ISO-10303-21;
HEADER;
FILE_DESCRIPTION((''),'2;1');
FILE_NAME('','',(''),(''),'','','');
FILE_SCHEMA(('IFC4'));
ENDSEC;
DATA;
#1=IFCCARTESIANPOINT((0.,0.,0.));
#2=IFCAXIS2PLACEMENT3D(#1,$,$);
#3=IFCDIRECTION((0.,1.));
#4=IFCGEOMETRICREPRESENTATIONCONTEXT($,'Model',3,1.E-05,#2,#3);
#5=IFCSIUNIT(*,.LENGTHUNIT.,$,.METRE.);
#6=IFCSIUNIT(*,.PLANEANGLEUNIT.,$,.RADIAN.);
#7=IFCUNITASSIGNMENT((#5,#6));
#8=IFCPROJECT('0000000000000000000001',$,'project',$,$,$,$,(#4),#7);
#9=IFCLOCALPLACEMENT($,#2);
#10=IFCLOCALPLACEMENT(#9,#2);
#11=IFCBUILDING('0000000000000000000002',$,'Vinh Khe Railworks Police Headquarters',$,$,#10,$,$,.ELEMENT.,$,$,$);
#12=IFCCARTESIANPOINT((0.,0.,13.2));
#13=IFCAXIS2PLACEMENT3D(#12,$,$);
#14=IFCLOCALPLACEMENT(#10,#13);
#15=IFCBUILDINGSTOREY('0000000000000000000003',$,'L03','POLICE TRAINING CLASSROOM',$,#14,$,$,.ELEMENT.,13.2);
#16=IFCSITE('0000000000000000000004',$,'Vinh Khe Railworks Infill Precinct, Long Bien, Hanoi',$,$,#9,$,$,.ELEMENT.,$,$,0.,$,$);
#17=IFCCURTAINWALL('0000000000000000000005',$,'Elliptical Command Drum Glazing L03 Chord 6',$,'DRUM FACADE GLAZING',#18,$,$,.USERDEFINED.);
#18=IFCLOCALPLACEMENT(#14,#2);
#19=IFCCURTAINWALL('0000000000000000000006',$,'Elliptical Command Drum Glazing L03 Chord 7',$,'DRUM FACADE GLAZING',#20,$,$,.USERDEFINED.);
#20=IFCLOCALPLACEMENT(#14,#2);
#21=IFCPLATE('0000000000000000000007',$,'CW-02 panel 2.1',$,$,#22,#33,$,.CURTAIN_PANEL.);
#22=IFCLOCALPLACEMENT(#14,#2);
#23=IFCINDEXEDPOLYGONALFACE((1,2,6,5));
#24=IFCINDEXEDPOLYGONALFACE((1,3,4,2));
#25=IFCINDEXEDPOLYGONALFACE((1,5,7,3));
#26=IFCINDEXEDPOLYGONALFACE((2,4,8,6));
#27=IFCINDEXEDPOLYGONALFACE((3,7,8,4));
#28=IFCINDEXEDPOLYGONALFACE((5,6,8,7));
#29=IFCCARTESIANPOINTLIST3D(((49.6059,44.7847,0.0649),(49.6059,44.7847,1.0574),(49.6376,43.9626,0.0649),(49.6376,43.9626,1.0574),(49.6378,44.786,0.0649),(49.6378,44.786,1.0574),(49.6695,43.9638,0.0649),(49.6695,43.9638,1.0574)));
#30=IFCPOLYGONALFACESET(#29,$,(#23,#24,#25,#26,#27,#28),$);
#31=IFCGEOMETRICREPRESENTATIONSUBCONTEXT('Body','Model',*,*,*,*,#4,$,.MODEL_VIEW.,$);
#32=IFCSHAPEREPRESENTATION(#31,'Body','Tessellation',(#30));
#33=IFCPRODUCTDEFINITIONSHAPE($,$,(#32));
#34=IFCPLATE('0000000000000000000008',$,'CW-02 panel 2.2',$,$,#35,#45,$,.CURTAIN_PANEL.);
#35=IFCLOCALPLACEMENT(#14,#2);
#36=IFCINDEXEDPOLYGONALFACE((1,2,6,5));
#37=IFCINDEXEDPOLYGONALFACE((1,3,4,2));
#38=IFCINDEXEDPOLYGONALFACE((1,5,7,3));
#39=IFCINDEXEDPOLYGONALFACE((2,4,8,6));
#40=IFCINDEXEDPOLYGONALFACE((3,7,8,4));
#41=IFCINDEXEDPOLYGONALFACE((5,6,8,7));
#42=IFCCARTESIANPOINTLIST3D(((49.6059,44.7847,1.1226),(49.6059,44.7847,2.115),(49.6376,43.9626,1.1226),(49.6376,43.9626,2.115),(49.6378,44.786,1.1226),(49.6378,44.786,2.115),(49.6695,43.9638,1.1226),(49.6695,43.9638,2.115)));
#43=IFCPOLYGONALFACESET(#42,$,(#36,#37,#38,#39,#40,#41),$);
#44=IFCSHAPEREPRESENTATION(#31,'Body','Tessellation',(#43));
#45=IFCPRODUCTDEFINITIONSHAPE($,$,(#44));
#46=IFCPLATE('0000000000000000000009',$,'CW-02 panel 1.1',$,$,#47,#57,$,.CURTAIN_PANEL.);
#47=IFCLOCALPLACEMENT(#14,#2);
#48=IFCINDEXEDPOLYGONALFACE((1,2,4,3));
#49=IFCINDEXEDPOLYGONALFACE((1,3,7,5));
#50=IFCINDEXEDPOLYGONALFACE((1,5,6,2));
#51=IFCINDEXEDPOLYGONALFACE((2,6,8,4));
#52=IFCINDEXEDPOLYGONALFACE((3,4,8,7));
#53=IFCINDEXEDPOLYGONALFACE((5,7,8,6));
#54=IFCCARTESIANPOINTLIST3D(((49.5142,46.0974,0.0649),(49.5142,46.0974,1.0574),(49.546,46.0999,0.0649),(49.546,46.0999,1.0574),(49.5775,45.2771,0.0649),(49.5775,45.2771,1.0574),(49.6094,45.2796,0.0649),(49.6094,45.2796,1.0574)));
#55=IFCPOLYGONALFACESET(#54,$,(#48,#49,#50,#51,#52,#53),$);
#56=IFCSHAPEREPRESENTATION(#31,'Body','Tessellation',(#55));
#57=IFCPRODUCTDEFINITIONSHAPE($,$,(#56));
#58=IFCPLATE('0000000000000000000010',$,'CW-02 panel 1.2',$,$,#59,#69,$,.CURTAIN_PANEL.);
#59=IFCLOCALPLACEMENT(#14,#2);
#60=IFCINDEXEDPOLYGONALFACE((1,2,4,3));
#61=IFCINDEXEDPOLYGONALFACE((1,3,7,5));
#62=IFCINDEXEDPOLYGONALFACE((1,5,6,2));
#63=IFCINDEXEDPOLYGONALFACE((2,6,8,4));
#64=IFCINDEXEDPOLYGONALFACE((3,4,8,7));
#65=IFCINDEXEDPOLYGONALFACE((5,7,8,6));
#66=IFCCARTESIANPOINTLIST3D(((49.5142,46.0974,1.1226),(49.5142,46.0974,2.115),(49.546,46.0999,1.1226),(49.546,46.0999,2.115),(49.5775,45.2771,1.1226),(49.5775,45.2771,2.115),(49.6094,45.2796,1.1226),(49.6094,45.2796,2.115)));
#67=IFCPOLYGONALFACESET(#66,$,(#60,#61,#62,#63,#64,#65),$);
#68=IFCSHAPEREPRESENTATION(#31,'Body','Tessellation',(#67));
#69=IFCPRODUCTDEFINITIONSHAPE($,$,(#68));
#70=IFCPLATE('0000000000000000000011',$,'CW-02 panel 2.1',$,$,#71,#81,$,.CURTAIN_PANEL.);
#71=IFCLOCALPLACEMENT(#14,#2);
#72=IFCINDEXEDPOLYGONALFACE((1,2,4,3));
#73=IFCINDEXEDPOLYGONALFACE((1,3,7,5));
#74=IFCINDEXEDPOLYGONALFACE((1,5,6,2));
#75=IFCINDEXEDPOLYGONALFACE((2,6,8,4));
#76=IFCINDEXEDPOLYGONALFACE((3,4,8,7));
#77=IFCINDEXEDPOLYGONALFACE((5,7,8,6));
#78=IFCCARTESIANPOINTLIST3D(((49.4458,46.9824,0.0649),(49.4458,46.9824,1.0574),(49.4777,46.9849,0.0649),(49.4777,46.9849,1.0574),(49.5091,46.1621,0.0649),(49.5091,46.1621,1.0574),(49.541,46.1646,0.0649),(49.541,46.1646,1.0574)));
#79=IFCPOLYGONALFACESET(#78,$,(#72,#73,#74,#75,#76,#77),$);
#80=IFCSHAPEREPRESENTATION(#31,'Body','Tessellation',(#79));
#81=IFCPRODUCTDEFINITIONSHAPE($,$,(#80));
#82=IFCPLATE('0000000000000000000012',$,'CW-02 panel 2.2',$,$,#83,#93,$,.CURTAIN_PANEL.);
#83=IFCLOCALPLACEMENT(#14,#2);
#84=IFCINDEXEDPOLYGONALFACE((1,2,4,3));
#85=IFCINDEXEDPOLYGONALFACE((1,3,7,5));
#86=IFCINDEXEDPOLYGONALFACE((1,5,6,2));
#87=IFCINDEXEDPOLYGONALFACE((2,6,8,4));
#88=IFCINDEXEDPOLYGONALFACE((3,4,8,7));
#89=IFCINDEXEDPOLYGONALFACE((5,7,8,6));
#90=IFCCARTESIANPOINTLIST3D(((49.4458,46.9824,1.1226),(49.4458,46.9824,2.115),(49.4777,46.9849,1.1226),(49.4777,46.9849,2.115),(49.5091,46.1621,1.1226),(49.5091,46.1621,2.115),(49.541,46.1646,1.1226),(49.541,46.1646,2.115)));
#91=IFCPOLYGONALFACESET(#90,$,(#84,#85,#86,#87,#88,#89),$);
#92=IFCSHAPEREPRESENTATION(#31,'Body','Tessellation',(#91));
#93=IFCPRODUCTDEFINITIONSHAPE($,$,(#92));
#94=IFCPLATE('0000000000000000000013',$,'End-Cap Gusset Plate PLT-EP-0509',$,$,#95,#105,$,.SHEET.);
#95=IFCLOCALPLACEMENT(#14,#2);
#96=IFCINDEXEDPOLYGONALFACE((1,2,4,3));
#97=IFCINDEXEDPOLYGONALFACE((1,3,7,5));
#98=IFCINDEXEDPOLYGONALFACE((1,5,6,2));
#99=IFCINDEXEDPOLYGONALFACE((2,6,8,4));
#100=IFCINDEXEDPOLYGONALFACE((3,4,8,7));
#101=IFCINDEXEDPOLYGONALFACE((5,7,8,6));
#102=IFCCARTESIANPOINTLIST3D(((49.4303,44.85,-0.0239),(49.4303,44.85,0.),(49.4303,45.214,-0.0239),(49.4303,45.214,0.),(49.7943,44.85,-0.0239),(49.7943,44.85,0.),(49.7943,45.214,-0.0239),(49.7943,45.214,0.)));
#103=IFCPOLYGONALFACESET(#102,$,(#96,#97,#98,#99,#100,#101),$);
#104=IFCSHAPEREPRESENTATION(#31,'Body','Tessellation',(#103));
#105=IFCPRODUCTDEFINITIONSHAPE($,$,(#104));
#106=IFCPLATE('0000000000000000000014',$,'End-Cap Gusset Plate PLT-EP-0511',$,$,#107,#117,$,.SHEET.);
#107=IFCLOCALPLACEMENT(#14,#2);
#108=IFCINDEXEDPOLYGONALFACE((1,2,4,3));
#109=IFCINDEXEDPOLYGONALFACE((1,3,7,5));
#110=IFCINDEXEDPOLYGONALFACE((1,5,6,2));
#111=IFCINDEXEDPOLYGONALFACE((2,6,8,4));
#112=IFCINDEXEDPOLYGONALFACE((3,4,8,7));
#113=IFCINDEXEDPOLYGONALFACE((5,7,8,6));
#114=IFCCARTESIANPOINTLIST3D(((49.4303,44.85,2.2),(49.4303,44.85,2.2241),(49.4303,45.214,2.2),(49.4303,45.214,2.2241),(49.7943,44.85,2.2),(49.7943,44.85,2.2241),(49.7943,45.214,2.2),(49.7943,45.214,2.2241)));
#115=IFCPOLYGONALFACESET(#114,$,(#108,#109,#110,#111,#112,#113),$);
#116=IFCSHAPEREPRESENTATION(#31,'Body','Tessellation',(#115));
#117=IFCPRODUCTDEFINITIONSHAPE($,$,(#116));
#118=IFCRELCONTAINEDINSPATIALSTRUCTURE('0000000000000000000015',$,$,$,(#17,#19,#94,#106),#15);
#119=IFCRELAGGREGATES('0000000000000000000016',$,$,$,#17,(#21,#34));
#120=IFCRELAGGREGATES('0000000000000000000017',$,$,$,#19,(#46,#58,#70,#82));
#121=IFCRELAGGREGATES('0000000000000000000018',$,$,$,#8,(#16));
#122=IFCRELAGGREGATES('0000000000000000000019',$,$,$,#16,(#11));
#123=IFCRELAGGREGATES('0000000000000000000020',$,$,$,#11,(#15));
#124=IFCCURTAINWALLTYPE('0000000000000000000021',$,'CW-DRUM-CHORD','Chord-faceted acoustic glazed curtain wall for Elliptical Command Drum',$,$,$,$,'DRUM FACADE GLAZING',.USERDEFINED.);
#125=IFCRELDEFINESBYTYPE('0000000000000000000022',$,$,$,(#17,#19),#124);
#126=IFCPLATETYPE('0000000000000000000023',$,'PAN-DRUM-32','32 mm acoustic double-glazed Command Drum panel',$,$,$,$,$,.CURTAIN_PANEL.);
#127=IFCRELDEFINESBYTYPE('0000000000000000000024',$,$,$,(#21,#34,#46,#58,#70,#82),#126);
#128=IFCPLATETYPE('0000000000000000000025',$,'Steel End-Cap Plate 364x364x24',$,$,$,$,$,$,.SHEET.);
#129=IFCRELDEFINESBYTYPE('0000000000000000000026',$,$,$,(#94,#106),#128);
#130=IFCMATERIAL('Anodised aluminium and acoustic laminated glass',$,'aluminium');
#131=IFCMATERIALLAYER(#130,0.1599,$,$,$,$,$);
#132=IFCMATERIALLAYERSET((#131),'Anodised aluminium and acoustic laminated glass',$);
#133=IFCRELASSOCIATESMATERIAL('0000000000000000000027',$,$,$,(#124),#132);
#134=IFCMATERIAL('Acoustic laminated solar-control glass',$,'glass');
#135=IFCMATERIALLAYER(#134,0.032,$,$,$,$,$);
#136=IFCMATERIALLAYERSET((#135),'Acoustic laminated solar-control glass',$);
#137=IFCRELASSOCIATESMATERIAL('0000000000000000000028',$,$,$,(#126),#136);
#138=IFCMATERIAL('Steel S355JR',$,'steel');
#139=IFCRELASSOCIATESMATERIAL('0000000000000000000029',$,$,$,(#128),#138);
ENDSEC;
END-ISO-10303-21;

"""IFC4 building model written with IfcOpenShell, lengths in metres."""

from ifc_helpers import new_model, si_unit, direction, frame, origin, origin_2d, place, context, subcontext, project, spatial, rectangle, extrude, material, layer, layer_set, material_profile, profile_set, type_object, element, aggregate, save


model = new_model("IFC4")

# Units and contexts
model_context = context("Model", 3, precision=1e-05, world=origin(), true_north=direction((0.0, 1.0)))
body_context = subcontext(model_context, "Body", "Model", "MODEL_VIEW")
ifc_project = project(units=[si_unit("LENGTHUNIT", "METRE"), si_unit("PLANEANGLEUNIT", "RADIAN")], contexts=[model_context])

# Site, building, storey
site_placement = place(None, origin())
site = spatial("IfcSite", under=ifc_project, at=site_placement, Name="Vinh Khe Railworks Infill Precinct, Long Bien, Hanoi", CompositionType="ELEMENT", RefElevation=0.0)
building_placement = place(site_placement, origin())
building = spatial("IfcBuilding", under=site, at=building_placement, Name="Vinh Khe Railworks Police Headquarters", CompositionType="ELEMENT")
storey_placement = place(building_placement, frame((0.0, 0.0, 13.2)))
storey = spatial("IfcBuildingStorey", under=building, at=storey_placement, Name="L03", Description="POLICE TRAINING CLASSROOM", CompositionType="ELEMENT", Elevation=13.2)

# Shared definitions
ifc_material_1 = material(Name="Steel S355JR", Category="steel")

# Curtain walls
ifc_material_2 = material(Name="Anodised aluminium and acoustic laminated glass", Category="aluminium")
ifc_layer_1 = layer(ifc_material_2, 0.1599)
ifc_layer_set_1 = layer_set([ifc_layer_1], Name="Anodised aluminium and acoustic laminated glass")
curtain_wall_type = type_object("IfcCurtainWallType", Name="CW-DRUM-CHORD", Description="Chord-faceted acoustic glazed curtain wall for Elliptical Command Drum", ElementType="DRUM FACADE GLAZING", PredefinedType="USERDEFINED", material=ifc_layer_set_1)
curtain_wall_1_placement = place(storey_placement, origin())
curtain_wall_1 = element("IfcCurtainWall", 1, at=curtain_wall_1_placement, inside=storey, type_object=curtain_wall_type, Name="Elliptical Command Drum Glazing L03 Chord 6", ObjectType="DRUM FACADE GLAZING", PredefinedType="USERDEFINED")
curtain_wall_2_placement = place(storey_placement, origin())
curtain_wall_2 = element("IfcCurtainWall", 2, at=curtain_wall_2_placement, inside=storey, type_object=curtain_wall_type, Name="Elliptical Command Drum Glazing L03 Chord 7", ObjectType="DRUM FACADE GLAZING", PredefinedType="USERDEFINED")

# Plates
ifc_material_3 = material(Name="Acoustic laminated solar-control glass", Category="glass")
ifc_layer_2 = layer(ifc_material_3, 0.032)
ifc_layer_set_2 = layer_set([ifc_layer_2], Name="Acoustic laminated solar-control glass")
plate_type_1 = type_object("IfcPlateType", Name="PAN-DRUM-32", Description="32 mm acoustic double-glazed Command Drum panel", PredefinedType="CURTAIN_PANEL", material=ifc_layer_set_2)
plate_1_placement = place(storey_placement, frame((49.6377, 44.3743, 0.0649), z_axis=(0.0, 0.0, 1.0), x_axis=(-0.038513, 0.999258, 0.0)))
plate_1 = element("IfcPlate", 3, at=plate_1_placement, type_object=plate_type_1, Name="CW-02 panel 2.1", PredefinedType="CURTAIN_PANEL", context=body_context, shape_type="SweptSolid", body=[
    extrude(rectangle(XDim=0.8228, YDim=0.032, at=origin_2d()), origin(), (0.0, 0.0, 1.0), 0.9924),
])
plate_2_placement = place(storey_placement, frame((49.6377, 44.3743, 1.1226), z_axis=(0.0, 0.0, 1.0), x_axis=(-0.038513, 0.999258, 0.0)))
plate_2 = element("IfcPlate", 4, at=plate_2_placement, type_object=plate_type_1, Name="CW-02 panel 2.2", PredefinedType="CURTAIN_PANEL", context=body_context, shape_type="SweptSolid", body=[
    extrude(rectangle(XDim=0.8228, YDim=0.032, at=origin_2d()), origin(), (0.0, 0.0, 1.0), 0.9924),
])
aggregate(curtain_wall_1, [plate_1, plate_2])
plate_3_placement = place(storey_placement, frame((49.5618, 45.6885, 0.0649), z_axis=(0.0, 0.0, 1.0), x_axis=(-0.076969, 0.997033, 0.0)))
plate_3 = element("IfcPlate", 5, at=plate_3_placement, type_object=plate_type_1, Name="CW-02 panel 1.1", PredefinedType="CURTAIN_PANEL", context=body_context, shape_type="SweptSolid", body=[
    extrude(rectangle(XDim=0.8228, YDim=0.032, at=origin_2d()), origin(), (0.0, 0.0, 1.0), 0.9924),
])
plate_4_placement = place(storey_placement, frame((49.5618, 45.6885, 1.1226), z_axis=(0.0, 0.0, 1.0), x_axis=(-0.076969, 0.997033, 0.0)))
plate_4 = element("IfcPlate", 6, at=plate_4_placement, type_object=plate_type_1, Name="CW-02 panel 1.2", PredefinedType="CURTAIN_PANEL", context=body_context, shape_type="SweptSolid", body=[
    extrude(rectangle(XDim=0.8228, YDim=0.032, at=origin_2d()), origin(), (0.0, 0.0, 1.0), 0.9924),
])
plate_5_placement = place(storey_placement, frame((49.4934, 46.5735, 0.0649), z_axis=(0.0, 0.0, 1.0), x_axis=(-0.076969, 0.997033, 0.0)))
plate_5 = element("IfcPlate", 7, at=plate_5_placement, type_object=plate_type_1, Name="CW-02 panel 2.1", PredefinedType="CURTAIN_PANEL", context=body_context, shape_type="SweptSolid", body=[
    extrude(rectangle(XDim=0.8228, YDim=0.032, at=origin_2d()), origin(), (0.0, 0.0, 1.0), 0.9924),
])
plate_6_placement = place(storey_placement, frame((49.4934, 46.5735, 1.1226), z_axis=(0.0, 0.0, 1.0), x_axis=(-0.076969, 0.997033, 0.0)))
plate_6 = element("IfcPlate", 8, at=plate_6_placement, type_object=plate_type_1, Name="CW-02 panel 2.2", PredefinedType="CURTAIN_PANEL", context=body_context, shape_type="SweptSolid", body=[
    extrude(rectangle(XDim=0.8228, YDim=0.032, at=origin_2d()), origin(), (0.0, 0.0, 1.0), 0.9924),
])
aggregate(curtain_wall_2, [plate_3, plate_4, plate_5, plate_6])

# Plates
ifc_material_profile_1 = material_profile(ifc_material_1, rectangle(XDim=0.364, YDim=0.364, at=origin_2d()), Name="PL 364x364")
ifc_profile_set_1 = profile_set([ifc_material_profile_1], Name="Steel S355JR")
plate_type_2 = type_object("IfcPlateType", Name="Steel End-Cap Plate 364x364x24", PredefinedType="SHEET", material=ifc_profile_set_1)
plate_7_placement = place(storey_placement, frame((49.6123, 45.032, 0.0), z_axis=(0.0, 0.0, -1.0), x_axis=(1.0, 0.0, 0.0)))
element("IfcPlate", 9, at=plate_7_placement, inside=storey, type_object=plate_type_2, Name="End-Cap Gusset Plate PLT-EP-0509", PredefinedType="SHEET", context=body_context, shape_type="SweptSolid", body=[
    extrude(rectangle(XDim=0.364, YDim=0.364, at=origin_2d()), origin(), (0.0, 0.0, 1.0), 0.0239),
])
plate_8_placement = place(storey_placement, frame((49.6123, 45.032, 2.2), z_axis=(0.0, 0.0, 1.0), x_axis=(1.0, 0.0, 0.0)))
element("IfcPlate", 10, at=plate_8_placement, inside=storey, type_object=plate_type_2, Name="End-Cap Gusset Plate PLT-EP-0511", PredefinedType="SHEET", context=body_context, shape_type="SweptSolid", body=[
    extrude(rectangle(XDim=0.364, YDim=0.364, at=origin_2d()), origin(), (0.0, 0.0, 1.0), 0.0242),
])

save(model, "model.ifc")
